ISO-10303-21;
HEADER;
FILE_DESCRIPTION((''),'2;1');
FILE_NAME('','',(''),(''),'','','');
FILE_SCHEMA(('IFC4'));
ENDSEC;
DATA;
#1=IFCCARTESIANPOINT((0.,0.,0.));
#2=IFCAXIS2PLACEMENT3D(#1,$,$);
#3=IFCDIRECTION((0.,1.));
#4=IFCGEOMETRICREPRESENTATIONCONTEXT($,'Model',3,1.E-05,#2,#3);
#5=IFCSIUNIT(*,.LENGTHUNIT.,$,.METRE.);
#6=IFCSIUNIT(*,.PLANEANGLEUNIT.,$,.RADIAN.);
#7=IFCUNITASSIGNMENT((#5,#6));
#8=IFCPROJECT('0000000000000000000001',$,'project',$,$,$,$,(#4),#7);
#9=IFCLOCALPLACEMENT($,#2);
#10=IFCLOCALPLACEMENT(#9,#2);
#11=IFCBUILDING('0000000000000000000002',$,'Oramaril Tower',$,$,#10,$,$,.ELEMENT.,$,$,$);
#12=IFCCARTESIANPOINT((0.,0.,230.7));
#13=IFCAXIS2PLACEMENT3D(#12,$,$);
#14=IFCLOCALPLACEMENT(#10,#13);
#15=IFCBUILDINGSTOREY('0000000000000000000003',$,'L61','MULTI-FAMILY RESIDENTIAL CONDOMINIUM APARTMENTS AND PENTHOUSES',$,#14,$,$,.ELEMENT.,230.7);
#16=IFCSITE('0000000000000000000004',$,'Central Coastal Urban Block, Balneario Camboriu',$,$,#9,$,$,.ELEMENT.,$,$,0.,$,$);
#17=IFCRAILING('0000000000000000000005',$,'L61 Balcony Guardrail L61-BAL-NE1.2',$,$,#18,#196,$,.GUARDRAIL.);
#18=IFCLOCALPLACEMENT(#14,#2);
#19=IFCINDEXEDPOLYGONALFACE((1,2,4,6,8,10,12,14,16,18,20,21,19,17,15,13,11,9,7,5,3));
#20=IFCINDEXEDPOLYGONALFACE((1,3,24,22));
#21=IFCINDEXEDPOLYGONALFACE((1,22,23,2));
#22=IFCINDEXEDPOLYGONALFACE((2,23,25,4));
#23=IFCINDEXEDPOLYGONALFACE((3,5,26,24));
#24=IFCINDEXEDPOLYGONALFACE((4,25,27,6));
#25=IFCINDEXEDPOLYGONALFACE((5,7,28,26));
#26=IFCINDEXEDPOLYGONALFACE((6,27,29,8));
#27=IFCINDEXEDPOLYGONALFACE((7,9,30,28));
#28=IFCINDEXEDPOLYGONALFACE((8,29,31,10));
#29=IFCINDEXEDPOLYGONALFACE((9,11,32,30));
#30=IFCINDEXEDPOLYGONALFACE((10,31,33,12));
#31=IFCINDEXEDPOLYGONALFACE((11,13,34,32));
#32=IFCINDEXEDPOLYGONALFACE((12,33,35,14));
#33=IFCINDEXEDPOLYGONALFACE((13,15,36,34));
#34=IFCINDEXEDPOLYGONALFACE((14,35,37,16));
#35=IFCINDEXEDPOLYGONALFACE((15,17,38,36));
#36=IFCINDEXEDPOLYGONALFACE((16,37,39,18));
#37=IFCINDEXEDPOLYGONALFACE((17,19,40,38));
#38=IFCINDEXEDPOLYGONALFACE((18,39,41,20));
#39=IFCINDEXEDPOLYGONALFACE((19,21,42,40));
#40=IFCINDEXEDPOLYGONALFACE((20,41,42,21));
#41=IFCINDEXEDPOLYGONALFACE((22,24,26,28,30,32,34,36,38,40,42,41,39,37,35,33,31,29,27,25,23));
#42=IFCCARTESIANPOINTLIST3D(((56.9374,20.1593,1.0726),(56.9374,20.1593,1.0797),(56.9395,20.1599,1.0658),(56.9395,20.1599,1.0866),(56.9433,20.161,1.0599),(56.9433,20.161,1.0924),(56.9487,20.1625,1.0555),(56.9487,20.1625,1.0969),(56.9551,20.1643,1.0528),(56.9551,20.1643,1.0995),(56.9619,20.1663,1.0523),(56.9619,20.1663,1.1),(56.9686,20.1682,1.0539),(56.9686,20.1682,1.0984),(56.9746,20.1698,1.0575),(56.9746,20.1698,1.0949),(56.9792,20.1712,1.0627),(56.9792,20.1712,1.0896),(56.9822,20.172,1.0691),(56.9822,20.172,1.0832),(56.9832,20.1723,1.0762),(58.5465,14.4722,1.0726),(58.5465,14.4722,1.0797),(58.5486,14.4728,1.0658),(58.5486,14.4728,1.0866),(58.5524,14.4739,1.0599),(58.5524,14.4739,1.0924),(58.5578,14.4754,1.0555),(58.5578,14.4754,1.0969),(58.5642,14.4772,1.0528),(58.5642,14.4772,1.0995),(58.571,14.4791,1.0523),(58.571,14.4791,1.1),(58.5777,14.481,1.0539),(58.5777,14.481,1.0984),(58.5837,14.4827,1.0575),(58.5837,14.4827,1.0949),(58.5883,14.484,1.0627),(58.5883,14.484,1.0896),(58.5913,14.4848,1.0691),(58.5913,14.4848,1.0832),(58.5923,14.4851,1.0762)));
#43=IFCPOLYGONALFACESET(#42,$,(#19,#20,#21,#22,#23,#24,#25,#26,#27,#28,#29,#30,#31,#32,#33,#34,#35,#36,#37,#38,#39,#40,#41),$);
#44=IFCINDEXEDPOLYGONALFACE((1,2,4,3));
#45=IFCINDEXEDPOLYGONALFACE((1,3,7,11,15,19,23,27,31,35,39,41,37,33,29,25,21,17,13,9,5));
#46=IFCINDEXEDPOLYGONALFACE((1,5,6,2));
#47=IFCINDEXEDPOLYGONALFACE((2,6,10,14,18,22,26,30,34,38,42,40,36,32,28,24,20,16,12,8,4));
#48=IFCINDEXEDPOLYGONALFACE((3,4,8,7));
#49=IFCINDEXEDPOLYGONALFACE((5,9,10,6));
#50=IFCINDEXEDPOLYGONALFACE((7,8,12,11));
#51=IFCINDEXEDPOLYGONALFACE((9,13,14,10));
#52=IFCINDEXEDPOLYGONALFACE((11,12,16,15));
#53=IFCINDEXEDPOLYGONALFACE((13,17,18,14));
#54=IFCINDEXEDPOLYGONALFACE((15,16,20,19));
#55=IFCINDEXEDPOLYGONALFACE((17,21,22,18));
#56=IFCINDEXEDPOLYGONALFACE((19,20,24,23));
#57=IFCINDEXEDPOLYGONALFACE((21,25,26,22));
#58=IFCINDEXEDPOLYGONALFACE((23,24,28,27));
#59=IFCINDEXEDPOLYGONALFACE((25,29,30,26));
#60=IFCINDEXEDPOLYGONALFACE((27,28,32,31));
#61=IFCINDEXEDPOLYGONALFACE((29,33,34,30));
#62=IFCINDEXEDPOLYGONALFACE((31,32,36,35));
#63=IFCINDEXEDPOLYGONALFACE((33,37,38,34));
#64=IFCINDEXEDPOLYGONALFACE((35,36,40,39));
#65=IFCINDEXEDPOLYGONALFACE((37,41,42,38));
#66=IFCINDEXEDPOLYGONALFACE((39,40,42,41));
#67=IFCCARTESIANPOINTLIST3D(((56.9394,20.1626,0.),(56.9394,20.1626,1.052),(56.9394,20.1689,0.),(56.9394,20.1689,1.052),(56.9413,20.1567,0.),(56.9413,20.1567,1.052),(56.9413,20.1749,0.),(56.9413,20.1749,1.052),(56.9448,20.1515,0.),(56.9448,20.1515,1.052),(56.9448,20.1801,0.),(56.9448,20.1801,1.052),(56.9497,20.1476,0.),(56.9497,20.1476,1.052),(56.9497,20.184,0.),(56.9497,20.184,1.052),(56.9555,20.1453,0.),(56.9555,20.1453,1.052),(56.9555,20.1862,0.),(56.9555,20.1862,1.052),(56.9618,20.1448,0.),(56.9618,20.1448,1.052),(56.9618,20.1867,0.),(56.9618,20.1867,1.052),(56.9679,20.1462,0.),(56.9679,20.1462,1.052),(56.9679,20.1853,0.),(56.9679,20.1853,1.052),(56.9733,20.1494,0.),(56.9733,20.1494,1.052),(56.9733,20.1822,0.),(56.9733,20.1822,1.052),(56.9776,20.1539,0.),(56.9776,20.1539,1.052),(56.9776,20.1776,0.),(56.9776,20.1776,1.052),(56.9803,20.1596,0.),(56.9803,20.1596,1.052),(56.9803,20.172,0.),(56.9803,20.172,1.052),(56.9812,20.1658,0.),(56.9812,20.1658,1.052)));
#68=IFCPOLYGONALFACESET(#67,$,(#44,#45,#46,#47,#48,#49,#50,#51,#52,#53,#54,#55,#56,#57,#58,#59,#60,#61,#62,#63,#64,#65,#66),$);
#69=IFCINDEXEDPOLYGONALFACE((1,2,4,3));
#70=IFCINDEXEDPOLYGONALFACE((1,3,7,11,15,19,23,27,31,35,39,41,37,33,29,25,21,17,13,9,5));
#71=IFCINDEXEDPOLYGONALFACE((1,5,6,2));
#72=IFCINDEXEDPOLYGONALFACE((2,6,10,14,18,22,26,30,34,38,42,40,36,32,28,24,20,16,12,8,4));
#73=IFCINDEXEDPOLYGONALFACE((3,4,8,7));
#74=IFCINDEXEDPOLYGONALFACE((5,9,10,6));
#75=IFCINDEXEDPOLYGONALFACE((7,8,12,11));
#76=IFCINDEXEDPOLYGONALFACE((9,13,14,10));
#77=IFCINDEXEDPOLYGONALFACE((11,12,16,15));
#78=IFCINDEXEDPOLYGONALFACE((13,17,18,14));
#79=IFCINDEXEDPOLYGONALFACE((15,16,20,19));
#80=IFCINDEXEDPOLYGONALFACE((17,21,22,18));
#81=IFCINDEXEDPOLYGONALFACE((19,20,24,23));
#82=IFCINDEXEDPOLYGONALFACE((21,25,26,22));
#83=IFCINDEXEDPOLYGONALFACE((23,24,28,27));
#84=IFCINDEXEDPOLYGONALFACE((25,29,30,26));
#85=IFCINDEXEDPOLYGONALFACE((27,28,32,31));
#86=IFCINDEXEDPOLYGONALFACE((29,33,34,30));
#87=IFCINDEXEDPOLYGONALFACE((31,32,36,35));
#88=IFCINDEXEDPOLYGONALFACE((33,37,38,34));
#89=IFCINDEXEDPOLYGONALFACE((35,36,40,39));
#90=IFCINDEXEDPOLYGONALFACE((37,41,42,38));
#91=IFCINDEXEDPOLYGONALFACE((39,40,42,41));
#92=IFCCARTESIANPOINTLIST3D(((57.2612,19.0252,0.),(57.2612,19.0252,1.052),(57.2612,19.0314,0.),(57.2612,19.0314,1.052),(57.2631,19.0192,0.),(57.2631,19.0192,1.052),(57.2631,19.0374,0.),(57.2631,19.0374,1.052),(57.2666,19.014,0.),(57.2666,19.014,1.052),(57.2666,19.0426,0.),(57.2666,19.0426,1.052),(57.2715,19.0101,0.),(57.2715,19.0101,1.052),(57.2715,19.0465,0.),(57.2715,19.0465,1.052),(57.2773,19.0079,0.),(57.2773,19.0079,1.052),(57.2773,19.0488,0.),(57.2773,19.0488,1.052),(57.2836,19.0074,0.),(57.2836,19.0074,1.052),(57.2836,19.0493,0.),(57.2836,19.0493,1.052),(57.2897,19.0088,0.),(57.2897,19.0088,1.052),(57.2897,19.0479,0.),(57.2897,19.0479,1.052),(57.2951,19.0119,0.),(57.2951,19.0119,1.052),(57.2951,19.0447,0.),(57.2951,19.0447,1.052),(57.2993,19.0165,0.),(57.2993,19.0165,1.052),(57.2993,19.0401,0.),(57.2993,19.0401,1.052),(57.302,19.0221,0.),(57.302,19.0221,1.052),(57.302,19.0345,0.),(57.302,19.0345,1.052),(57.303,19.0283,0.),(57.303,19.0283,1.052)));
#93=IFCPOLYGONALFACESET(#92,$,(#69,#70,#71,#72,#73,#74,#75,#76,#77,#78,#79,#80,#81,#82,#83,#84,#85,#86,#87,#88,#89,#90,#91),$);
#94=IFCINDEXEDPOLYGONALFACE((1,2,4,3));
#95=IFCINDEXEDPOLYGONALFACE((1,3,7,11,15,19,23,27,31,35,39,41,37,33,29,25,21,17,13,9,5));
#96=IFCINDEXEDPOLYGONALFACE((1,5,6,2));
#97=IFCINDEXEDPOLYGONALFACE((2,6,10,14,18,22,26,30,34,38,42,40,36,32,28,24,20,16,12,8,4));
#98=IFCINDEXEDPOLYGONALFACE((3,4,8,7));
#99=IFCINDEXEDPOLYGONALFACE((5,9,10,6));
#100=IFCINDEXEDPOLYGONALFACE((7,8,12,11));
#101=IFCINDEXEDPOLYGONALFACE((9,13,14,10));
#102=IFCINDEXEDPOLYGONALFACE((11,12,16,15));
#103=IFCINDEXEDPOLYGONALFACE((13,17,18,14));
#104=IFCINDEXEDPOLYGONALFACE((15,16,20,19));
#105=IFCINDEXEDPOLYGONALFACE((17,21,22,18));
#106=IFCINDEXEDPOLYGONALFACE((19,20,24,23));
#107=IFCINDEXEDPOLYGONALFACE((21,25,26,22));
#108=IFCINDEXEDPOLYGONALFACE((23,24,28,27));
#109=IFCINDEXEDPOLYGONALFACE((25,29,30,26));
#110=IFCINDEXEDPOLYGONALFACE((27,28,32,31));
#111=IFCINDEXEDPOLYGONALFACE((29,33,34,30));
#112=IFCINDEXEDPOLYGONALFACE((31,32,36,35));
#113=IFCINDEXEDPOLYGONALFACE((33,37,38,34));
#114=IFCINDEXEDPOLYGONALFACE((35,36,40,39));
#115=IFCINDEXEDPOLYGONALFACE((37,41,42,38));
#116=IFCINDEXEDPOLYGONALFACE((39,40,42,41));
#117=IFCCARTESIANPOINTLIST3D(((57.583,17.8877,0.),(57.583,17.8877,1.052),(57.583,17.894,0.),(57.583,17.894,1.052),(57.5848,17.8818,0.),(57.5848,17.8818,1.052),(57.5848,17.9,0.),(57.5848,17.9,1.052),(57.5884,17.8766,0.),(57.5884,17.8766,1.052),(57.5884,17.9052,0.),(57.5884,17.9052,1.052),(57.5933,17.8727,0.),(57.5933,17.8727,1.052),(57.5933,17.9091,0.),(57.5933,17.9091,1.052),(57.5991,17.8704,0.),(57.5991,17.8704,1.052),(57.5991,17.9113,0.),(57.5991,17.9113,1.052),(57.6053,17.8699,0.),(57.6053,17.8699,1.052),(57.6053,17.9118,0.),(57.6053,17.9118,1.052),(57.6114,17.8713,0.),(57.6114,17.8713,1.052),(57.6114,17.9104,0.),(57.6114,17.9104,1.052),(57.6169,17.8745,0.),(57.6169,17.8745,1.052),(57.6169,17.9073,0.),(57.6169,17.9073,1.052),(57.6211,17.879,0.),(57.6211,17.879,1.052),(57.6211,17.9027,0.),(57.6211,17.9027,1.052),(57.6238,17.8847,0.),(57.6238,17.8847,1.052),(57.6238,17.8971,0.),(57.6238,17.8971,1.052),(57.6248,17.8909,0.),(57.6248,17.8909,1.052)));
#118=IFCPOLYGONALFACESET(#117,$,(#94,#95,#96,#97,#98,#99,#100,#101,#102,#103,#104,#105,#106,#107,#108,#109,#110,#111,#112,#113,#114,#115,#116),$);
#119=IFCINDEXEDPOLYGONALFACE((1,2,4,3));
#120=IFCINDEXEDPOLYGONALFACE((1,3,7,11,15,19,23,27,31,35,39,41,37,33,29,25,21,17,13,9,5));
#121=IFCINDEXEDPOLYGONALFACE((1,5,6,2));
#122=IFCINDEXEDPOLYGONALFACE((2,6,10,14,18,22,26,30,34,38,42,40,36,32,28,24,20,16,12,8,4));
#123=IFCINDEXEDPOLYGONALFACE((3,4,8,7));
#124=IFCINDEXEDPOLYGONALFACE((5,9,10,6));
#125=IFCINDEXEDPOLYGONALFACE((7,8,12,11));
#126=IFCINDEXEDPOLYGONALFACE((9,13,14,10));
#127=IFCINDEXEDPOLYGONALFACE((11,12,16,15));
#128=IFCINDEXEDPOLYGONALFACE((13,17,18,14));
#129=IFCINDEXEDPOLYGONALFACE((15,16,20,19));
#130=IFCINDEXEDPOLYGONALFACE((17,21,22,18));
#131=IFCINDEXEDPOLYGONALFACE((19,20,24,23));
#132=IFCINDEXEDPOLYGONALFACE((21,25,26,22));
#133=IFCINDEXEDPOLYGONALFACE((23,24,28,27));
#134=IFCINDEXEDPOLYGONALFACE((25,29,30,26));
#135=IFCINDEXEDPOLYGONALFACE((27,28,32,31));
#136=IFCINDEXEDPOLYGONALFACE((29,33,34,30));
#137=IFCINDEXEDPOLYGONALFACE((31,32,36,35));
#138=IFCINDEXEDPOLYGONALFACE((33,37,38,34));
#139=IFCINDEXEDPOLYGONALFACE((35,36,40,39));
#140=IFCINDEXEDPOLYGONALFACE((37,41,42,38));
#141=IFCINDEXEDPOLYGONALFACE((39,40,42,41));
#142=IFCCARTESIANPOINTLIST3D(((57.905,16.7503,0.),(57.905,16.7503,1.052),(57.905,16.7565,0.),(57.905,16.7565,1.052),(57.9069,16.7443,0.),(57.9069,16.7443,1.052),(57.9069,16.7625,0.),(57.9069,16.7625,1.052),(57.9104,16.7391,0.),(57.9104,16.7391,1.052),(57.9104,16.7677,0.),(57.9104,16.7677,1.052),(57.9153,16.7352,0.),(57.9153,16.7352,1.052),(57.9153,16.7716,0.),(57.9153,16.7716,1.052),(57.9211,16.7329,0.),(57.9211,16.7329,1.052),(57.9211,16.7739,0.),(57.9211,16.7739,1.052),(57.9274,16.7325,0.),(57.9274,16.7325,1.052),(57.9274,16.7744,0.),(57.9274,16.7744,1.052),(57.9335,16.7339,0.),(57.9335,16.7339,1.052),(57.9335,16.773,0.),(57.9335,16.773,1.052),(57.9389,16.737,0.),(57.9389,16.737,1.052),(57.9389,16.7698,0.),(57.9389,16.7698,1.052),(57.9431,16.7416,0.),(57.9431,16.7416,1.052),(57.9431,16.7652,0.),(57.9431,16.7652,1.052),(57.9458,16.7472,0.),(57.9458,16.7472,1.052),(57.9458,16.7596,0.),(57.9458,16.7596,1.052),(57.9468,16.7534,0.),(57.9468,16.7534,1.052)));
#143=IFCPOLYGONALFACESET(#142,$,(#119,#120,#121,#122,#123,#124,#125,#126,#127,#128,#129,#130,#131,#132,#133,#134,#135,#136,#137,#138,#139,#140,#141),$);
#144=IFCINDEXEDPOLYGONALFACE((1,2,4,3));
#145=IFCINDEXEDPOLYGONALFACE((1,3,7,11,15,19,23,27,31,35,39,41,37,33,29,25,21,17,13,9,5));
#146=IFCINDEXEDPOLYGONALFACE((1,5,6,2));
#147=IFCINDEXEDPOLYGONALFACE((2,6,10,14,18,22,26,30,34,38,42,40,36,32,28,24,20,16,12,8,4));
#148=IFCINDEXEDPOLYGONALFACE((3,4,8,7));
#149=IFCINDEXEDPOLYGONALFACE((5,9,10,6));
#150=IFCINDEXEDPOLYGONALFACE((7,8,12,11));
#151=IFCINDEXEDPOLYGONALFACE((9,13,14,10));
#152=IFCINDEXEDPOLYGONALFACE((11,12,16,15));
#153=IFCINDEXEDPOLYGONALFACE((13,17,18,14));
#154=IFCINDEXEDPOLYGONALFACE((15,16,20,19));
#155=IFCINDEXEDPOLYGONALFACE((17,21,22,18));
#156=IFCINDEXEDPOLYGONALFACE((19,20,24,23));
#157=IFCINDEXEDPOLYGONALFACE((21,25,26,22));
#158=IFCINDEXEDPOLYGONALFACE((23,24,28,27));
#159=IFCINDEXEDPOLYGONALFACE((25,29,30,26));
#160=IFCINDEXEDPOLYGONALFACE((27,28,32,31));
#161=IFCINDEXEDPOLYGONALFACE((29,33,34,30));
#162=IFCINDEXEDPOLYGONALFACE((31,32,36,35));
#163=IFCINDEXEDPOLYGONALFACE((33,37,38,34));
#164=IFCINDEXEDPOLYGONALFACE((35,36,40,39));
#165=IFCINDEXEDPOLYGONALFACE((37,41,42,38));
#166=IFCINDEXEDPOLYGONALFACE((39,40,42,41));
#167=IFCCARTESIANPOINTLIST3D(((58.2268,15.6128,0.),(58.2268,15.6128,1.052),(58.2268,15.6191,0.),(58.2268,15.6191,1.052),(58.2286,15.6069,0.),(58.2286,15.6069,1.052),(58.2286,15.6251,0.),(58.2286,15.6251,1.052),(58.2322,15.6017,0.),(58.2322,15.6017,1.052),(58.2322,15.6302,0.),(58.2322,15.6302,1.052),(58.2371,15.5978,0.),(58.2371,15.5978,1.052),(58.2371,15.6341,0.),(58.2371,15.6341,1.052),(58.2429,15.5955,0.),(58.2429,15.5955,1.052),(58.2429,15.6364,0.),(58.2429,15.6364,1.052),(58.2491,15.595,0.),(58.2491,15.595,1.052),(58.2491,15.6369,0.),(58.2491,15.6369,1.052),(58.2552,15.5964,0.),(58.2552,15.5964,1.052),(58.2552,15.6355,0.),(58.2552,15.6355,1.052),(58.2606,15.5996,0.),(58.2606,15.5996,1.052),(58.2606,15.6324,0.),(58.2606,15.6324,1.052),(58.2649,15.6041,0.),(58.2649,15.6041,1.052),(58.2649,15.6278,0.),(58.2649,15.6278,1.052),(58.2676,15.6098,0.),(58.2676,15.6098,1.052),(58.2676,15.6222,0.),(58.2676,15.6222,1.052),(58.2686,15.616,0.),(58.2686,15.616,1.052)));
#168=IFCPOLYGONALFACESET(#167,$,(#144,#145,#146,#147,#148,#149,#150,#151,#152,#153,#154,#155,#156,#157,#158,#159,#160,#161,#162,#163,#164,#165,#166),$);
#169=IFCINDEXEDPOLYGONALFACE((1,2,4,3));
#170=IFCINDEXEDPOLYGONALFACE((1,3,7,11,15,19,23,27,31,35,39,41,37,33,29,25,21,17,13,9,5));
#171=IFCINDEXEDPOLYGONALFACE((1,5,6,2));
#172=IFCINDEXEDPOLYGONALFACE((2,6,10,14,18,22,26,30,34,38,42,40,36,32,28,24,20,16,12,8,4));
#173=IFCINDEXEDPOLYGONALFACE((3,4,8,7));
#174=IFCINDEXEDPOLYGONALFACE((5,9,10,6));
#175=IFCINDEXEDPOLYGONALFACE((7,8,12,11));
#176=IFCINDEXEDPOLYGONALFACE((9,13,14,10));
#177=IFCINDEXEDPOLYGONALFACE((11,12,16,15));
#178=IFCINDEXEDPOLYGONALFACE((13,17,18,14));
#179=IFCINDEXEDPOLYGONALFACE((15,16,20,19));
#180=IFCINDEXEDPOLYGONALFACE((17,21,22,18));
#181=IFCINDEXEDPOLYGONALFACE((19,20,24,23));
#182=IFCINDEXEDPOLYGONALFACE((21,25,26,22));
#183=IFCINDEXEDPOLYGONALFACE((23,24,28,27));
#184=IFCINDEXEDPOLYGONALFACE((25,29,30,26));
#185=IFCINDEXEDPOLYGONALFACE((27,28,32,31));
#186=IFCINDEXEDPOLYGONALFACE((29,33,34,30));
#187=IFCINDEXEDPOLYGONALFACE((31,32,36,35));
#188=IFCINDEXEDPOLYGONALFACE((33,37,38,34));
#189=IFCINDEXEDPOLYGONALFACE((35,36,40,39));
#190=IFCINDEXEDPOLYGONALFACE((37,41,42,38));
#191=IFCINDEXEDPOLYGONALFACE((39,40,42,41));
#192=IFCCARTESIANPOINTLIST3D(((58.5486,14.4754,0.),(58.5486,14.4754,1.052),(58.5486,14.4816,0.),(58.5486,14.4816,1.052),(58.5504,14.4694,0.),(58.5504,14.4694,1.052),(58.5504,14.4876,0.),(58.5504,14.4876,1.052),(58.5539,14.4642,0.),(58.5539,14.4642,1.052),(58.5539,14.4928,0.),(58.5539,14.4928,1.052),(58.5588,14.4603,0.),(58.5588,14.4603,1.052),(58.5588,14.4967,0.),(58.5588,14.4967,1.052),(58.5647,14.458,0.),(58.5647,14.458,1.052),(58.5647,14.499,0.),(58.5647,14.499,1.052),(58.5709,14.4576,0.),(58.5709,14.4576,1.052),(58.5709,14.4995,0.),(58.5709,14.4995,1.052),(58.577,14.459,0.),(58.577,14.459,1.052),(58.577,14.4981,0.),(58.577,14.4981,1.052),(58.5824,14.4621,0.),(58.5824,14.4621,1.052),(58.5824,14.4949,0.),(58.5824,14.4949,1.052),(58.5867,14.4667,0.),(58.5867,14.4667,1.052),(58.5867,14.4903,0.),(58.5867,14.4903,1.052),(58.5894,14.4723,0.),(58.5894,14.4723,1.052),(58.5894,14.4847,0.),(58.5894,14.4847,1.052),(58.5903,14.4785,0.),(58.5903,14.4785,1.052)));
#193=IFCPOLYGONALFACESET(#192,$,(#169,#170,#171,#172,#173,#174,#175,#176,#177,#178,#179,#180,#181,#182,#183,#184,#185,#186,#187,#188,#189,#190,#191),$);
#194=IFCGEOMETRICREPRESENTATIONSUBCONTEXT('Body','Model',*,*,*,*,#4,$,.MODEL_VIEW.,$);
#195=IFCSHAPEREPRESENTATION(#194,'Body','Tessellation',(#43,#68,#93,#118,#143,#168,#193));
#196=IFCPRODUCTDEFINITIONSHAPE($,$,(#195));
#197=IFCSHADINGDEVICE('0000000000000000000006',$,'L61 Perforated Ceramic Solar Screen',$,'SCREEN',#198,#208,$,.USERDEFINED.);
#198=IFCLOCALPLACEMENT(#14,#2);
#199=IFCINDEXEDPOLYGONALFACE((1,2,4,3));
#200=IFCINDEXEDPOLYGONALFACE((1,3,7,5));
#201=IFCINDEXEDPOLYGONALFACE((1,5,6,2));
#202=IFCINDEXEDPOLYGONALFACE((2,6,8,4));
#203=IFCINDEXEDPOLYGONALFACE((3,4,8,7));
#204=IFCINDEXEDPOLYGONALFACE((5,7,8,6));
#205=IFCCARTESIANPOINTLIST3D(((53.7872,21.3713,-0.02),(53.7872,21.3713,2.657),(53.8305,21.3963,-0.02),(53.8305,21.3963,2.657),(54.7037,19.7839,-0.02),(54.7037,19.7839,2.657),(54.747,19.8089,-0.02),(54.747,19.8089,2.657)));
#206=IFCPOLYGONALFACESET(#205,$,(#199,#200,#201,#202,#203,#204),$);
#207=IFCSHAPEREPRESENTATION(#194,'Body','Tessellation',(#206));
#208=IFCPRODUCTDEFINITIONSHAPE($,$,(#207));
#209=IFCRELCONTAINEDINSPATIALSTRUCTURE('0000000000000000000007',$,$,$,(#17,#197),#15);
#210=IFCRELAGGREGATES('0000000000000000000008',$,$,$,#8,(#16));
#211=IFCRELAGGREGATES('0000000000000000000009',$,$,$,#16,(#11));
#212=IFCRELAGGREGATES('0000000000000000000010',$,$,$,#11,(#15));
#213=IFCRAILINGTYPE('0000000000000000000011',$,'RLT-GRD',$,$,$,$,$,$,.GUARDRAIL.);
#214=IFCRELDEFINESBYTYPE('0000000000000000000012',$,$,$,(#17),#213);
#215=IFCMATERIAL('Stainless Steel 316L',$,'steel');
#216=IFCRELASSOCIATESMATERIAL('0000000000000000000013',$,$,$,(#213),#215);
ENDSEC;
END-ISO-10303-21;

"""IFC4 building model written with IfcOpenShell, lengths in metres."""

from ifc_helpers import new_model, si_unit, direction, frame, origin, origin_2d, place, context, subcontext, project, spatial, rectangle, circle, extrude, material, type_object, element, save


model = new_model("IFC4")

# Units and contexts
model_context = context("Model", 3, precision=1e-05, world=origin(), true_north=direction((0.0, 1.0)))
body_context = subcontext(model_context, "Body", "Model", "MODEL_VIEW")
ifc_project = project(units=[si_unit("LENGTHUNIT", "METRE"), si_unit("PLANEANGLEUNIT", "RADIAN")], contexts=[model_context])

# Site, building, storey
site_placement = place(None, origin())
site = spatial("IfcSite", under=ifc_project, at=site_placement, Name="Central Coastal Urban Block, Balneario Camboriu", CompositionType="ELEMENT", RefElevation=0.0)
building_placement = place(site_placement, origin())
building = spatial("IfcBuilding", under=site, at=building_placement, Name="Oramaril Tower", CompositionType="ELEMENT")
storey_placement = place(building_placement, frame((0.0, 0.0, 230.7)))
storey = spatial("IfcBuildingStorey", under=building, at=storey_placement, Name="L61", Description="MULTI-FAMILY RESIDENTIAL CONDOMINIUM APARTMENTS AND PENTHOUSES", CompositionType="ELEMENT", Elevation=230.7)

# Railing
ifc_material_1 = material(Name="Stainless Steel 316L", Category="steel")
railing_type = type_object("IfcRailingType", Name="RLT-GRD", PredefinedType="GUARDRAIL", material=ifc_material_1)
railing_1_placement = place(storey_placement, frame((56.9602, 20.1658, 0.0)))
element("IfcRailing", 1, at=railing_1_placement, inside=storey, type_object=railing_type, Name="L61 Balcony Guardrail L61-BAL-NE1.2", PredefinedType="GUARDRAIL", context=body_context, shape_type="SweptSolid", body=[
    extrude(circle(Radius=0.0239, at=origin_2d()), frame((0.0, 0.0, 1.0762), z_axis=(0.272249, -0.962227, 0.0), x_axis=(0.962227, 0.272249, 0.0)), (0.0, 0.0, 1.0), 5.9104),
    extrude(circle(Radius=0.021, at=origin_2d()), origin(), (0.0, 0.0, 1.0), 1.052),
    extrude(circle(Radius=0.021, at=origin_2d()), frame((0.3218, -1.1375, 0.0)), (0.0, 0.0, 1.0), 1.052),
    extrude(circle(Radius=0.021, at=origin_2d()), frame((0.6436, -2.2749, 0.0)), (0.0, 0.0, 1.0), 1.052),
    extrude(circle(Radius=0.021, at=origin_2d()), frame((0.9656, -3.4124, 0.0)), (0.0, 0.0, 1.0), 1.052),
    extrude(circle(Radius=0.021, at=origin_2d()), frame((1.2874, -4.5498, 0.0)), (0.0, 0.0, 1.0), 1.052),
    extrude(circle(Radius=0.021, at=origin_2d()), frame((1.6091, -5.6873, 0.0)), (0.0, 0.0, 1.0), 1.052),
])

# Shading device
shading_device_placement = place(storey_placement, frame((54.2671, 20.5901, -0.02), z_axis=(0.0, 0.0, 1.0), x_axis=(-0.500002, 0.866025, 0.0)))
element("IfcShadingDevice", 2, at=shading_device_placement, inside=storey, Name="L61 Perforated Ceramic Solar Screen", ObjectType="SCREEN", PredefinedType="USERDEFINED", context=body_context, shape_type="SweptSolid", body=[
    extrude(rectangle(XDim=1.833, YDim=0.05, at=origin_2d()), origin(), (0.0, 0.0, 1.0), 2.677),
])

save(model, "model.ifc")
